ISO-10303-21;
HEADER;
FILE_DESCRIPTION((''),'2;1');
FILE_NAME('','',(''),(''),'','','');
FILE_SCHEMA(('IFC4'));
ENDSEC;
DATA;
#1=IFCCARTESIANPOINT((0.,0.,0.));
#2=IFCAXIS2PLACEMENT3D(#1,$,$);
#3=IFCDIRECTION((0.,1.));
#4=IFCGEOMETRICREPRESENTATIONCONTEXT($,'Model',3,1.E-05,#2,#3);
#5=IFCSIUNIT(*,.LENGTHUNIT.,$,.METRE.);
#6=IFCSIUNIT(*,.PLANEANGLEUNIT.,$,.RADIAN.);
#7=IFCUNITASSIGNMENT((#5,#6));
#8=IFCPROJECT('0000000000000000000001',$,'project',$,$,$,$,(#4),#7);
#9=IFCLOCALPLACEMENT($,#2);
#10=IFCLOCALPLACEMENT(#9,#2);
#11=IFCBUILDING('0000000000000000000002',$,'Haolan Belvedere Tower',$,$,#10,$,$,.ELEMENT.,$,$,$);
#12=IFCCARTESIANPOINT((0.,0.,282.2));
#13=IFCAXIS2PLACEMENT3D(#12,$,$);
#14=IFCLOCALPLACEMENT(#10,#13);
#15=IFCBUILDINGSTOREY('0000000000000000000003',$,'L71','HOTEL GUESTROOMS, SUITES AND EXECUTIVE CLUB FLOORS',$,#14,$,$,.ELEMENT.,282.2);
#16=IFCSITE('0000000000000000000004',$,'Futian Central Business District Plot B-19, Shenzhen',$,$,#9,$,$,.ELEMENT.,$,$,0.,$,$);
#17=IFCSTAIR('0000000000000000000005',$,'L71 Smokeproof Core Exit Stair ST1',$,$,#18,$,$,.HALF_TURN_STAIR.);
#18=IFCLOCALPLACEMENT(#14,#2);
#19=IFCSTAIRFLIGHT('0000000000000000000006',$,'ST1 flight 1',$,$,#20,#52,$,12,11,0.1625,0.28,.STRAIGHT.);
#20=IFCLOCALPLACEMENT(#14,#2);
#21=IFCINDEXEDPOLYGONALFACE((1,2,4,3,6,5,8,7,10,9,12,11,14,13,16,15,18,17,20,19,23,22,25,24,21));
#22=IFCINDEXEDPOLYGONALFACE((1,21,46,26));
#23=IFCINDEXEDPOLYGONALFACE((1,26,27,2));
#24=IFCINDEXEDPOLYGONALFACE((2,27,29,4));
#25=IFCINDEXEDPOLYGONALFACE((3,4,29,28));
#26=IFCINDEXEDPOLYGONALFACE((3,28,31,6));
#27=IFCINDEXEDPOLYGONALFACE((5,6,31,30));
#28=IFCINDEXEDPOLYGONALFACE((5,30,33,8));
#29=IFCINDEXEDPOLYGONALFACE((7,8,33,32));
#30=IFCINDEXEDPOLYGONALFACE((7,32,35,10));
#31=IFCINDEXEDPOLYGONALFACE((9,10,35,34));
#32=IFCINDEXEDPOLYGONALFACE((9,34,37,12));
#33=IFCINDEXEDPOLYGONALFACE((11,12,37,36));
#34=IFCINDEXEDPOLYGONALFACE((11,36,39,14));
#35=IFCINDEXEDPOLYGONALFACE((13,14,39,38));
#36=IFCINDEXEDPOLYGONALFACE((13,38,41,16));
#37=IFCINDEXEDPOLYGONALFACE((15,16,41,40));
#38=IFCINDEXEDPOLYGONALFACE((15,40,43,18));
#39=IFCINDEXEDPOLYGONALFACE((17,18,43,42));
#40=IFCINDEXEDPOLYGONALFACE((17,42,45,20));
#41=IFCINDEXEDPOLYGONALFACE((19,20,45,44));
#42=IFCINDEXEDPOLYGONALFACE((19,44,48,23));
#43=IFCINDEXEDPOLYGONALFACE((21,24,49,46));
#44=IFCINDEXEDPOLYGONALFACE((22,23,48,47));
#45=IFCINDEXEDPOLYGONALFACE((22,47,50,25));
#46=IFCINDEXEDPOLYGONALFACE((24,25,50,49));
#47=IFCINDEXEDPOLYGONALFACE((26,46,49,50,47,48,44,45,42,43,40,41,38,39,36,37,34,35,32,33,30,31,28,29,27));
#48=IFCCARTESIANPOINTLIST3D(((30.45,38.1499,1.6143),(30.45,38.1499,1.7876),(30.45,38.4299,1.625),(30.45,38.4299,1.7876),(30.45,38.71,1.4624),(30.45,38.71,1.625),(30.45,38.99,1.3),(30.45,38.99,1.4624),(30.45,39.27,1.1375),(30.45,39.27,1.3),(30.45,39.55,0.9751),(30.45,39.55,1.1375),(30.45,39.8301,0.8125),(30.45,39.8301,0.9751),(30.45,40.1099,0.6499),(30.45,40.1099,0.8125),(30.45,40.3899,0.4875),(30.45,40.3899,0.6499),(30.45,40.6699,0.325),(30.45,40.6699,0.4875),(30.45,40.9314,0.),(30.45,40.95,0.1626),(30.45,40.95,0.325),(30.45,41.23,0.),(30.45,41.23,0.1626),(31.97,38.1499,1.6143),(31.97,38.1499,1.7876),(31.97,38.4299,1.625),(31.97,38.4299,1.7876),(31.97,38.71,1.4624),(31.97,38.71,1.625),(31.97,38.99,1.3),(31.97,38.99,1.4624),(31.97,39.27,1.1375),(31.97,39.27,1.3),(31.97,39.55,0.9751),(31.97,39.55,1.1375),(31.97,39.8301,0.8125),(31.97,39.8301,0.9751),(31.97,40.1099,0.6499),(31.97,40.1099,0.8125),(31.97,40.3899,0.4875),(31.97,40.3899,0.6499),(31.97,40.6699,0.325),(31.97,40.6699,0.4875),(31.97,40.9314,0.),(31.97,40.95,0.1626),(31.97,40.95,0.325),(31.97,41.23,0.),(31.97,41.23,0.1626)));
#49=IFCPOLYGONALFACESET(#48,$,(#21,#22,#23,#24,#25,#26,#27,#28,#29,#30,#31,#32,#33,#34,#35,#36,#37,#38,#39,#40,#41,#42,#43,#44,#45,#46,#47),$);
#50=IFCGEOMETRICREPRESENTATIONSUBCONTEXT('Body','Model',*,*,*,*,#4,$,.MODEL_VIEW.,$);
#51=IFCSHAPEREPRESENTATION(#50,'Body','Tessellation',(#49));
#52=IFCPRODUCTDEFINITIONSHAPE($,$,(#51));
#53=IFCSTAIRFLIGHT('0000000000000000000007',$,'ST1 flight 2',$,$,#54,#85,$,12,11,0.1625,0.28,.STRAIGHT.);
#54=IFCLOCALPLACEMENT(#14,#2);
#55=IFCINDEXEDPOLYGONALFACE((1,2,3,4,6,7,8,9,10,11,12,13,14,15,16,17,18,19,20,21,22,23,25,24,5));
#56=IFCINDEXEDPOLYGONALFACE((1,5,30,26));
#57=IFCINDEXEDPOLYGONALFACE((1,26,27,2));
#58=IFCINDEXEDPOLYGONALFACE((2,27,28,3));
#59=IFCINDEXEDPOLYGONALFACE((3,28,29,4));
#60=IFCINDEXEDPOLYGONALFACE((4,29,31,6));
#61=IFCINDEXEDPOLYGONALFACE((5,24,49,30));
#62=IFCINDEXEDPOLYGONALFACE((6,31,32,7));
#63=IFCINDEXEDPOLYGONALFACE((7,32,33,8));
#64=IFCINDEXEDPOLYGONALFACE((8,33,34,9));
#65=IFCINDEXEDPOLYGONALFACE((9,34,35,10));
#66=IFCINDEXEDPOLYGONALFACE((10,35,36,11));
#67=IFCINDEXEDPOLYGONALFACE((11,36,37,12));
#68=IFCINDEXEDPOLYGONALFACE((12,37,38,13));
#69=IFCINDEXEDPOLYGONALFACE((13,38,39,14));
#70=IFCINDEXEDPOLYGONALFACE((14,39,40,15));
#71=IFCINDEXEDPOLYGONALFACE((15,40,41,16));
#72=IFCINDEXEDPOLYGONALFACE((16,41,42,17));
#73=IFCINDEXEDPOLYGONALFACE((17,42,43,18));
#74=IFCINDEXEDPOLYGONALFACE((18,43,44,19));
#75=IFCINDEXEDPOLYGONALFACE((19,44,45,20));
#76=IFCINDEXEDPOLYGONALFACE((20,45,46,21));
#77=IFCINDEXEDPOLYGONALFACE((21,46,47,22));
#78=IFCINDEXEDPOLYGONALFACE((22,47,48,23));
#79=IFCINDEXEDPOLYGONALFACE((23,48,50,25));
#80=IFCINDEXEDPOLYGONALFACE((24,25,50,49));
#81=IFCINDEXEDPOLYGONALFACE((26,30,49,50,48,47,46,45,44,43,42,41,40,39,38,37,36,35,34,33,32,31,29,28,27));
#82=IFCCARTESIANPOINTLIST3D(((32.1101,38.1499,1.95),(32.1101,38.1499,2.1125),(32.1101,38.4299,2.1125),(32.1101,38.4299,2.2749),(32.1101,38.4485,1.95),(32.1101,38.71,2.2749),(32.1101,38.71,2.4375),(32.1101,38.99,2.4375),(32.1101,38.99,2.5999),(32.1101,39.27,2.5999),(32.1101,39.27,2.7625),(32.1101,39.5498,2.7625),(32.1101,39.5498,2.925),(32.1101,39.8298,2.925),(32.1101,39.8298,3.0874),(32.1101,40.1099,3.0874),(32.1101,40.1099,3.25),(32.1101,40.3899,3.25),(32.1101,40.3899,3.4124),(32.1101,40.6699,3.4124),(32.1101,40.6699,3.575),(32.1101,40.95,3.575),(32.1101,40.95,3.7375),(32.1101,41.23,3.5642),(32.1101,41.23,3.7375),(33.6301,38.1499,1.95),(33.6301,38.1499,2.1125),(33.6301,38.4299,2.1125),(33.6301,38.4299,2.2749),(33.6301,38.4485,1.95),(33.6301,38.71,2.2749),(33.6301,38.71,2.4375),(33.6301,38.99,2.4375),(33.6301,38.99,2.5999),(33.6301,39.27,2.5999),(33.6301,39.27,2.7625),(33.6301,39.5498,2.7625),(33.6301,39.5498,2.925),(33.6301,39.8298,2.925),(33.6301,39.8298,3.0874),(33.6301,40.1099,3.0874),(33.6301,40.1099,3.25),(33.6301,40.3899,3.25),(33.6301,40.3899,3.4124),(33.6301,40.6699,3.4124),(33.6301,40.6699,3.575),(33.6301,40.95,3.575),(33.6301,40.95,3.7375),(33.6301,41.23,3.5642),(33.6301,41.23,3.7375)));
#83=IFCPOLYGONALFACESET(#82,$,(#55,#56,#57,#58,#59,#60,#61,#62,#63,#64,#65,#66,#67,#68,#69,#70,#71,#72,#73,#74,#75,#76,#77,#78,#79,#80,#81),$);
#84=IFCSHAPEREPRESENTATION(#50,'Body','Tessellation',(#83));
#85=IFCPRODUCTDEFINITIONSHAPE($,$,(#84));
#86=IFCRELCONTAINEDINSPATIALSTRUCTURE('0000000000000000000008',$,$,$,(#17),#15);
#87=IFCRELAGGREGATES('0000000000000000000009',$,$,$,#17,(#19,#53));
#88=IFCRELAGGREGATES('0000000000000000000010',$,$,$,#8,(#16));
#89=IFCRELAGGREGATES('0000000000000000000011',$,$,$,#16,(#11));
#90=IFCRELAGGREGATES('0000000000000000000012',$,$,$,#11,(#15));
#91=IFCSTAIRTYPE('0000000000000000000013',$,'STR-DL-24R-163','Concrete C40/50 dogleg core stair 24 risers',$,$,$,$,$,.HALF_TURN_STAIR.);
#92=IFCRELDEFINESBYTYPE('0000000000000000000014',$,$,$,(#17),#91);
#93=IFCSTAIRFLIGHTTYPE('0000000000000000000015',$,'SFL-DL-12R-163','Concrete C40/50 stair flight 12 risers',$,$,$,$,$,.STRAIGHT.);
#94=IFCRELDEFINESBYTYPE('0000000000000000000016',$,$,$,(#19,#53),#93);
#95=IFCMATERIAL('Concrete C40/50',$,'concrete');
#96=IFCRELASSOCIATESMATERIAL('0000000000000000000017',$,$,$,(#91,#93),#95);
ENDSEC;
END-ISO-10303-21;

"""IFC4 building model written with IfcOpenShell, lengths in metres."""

from ifc_helpers import new_model, si_unit, direction, frame, origin, place, context, subcontext, project, spatial, polyline, outline, extrude, material, type_object, element, aggregate, save


model = new_model("IFC4")

# Units and contexts
model_context = context("Model", 3, precision=1e-05, world=origin(), true_north=direction((0.0, 1.0)))
body_context = subcontext(model_context, "Body", "Model", "MODEL_VIEW")
ifc_project = project(units=[si_unit("LENGTHUNIT", "METRE"), si_unit("PLANEANGLEUNIT", "RADIAN")], contexts=[model_context])

# Site, building, storey
site_placement = place(None, origin())
site = spatial("IfcSite", under=ifc_project, at=site_placement, Name="Futian Central Business District Plot B-19, Shenzhen", CompositionType="ELEMENT", RefElevation=0.0)
building_placement = place(site_placement, origin())
building = spatial("IfcBuilding", under=site, at=building_placement, Name="Haolan Belvedere Tower", CompositionType="ELEMENT")
storey_placement = place(building_placement, frame((0.0, 0.0, 282.2)))
storey = spatial("IfcBuildingStorey", under=building, at=storey_placement, Name="L71", Description="HOTEL GUESTROOMS, SUITES AND EXECUTIVE CLUB FLOORS", CompositionType="ELEMENT", Elevation=282.2)

# Stair, stair flights
ifc_material_1 = material(Name="Concrete C40/50", Category="concrete")
stair_type = type_object("IfcStairType", Name="STR-DL-24R-163", Description="Concrete C40/50 dogleg core stair 24 risers", PredefinedType="HALF_TURN_STAIR", material=ifc_material_1)
stair_placement = place(storey_placement, origin())
stair = element("IfcStair", 1, at=stair_placement, inside=storey, type_object=stair_type, Name="L71 Smokeproof Core Exit Stair ST1", PredefinedType="HALF_TURN_STAIR")
stair_flight_type = type_object("IfcStairFlightType", Name="SFL-DL-12R-163", Description="Concrete C40/50 stair flight 12 risers", PredefinedType="STRAIGHT", material=ifc_material_1)
stair_flight_1_placement = place(storey_placement, frame((31.21, 41.23, 0.0), z_axis=(0.0, 0.0, 1.0), x_axis=(0.0, -1.0, 0.0)))
stair_flight_1 = element("IfcStairFlight", 2, at=stair_flight_1_placement, type_object=stair_flight_type, Name="ST1 flight 1", NumberOfRisers=12, NumberOfTreads=11, PredefinedType="STRAIGHT", RiserHeight=0.1625, TreadLength=0.28, context=body_context, shape_type="SweptSolid", body=[
    extrude(outline(polyline([(0.0, 0.0), (0.0, 0.1626), (0.28, 0.1626), (0.28, 0.325), (0.5601, 0.325), (0.5601, 0.4875), (0.8401, 0.4875), (0.8401, 0.6499), (1.1201, 0.6499), (1.1201, 0.8125), (1.3999, 0.8125), (1.3999, 0.9751), (1.6799, 0.9751), (1.6799, 1.1375), (1.96, 1.1375), (1.96, 1.3), (2.24, 1.3), (2.24, 1.4624), (2.52, 1.4624), (2.52, 1.625), (2.8, 1.625), (2.8, 1.7876), (3.0801, 1.7876), (3.0801, 1.95), (3.0801, 1.6143), (0.2986, 0.0), (0.0, 0.0)])), frame((0.0, 0.76, 0.0), z_axis=(0.0, -1.0, 0.0), x_axis=(1.0, 0.0, 0.0)), (0.0, 0.0, 1.0), 1.52),
])
stair_flight_2_placement = place(storey_placement, frame((32.8701, 38.1499, 1.95), z_axis=(0.0, 0.0, 1.0), x_axis=(0.0, 1.0, 0.0)))
stair_flight_2 = element("IfcStairFlight", 3, at=stair_flight_2_placement, type_object=stair_flight_type, Name="ST1 flight 2", NumberOfRisers=12, NumberOfTreads=11, PredefinedType="STRAIGHT", RiserHeight=0.1625, TreadLength=0.28, context=body_context, shape_type="SweptSolid", body=[
    extrude(outline(polyline([(0.0, 0.0), (0.0, 0.1626), (0.28, 0.1626), (0.28, 0.325), (0.5601, 0.325), (0.5601, 0.4875), (0.8401, 0.4875), (0.8401, 0.6499), (1.1201, 0.6499), (1.1201, 0.8125), (1.3999, 0.8125), (1.3999, 0.9751), (1.6799, 0.9751), (1.6799, 1.1375), (1.96, 1.1375), (1.96, 1.3), (2.24, 1.3), (2.24, 1.4624), (2.52, 1.4624), (2.52, 1.625), (2.8, 1.625), (2.8, 1.7876), (3.0801, 1.7876), (3.0801, 1.95), (3.0801, 1.6143), (0.2986, 0.0), (0.0, 0.0)])), frame((0.0, 0.76, 0.0), z_axis=(0.0, -1.0, 0.0), x_axis=(1.0, 0.0, 0.0)), (0.0, 0.0, 1.0), 1.52),
])
aggregate(stair, [stair_flight_1, stair_flight_2])

save(model, "model.ifc")
